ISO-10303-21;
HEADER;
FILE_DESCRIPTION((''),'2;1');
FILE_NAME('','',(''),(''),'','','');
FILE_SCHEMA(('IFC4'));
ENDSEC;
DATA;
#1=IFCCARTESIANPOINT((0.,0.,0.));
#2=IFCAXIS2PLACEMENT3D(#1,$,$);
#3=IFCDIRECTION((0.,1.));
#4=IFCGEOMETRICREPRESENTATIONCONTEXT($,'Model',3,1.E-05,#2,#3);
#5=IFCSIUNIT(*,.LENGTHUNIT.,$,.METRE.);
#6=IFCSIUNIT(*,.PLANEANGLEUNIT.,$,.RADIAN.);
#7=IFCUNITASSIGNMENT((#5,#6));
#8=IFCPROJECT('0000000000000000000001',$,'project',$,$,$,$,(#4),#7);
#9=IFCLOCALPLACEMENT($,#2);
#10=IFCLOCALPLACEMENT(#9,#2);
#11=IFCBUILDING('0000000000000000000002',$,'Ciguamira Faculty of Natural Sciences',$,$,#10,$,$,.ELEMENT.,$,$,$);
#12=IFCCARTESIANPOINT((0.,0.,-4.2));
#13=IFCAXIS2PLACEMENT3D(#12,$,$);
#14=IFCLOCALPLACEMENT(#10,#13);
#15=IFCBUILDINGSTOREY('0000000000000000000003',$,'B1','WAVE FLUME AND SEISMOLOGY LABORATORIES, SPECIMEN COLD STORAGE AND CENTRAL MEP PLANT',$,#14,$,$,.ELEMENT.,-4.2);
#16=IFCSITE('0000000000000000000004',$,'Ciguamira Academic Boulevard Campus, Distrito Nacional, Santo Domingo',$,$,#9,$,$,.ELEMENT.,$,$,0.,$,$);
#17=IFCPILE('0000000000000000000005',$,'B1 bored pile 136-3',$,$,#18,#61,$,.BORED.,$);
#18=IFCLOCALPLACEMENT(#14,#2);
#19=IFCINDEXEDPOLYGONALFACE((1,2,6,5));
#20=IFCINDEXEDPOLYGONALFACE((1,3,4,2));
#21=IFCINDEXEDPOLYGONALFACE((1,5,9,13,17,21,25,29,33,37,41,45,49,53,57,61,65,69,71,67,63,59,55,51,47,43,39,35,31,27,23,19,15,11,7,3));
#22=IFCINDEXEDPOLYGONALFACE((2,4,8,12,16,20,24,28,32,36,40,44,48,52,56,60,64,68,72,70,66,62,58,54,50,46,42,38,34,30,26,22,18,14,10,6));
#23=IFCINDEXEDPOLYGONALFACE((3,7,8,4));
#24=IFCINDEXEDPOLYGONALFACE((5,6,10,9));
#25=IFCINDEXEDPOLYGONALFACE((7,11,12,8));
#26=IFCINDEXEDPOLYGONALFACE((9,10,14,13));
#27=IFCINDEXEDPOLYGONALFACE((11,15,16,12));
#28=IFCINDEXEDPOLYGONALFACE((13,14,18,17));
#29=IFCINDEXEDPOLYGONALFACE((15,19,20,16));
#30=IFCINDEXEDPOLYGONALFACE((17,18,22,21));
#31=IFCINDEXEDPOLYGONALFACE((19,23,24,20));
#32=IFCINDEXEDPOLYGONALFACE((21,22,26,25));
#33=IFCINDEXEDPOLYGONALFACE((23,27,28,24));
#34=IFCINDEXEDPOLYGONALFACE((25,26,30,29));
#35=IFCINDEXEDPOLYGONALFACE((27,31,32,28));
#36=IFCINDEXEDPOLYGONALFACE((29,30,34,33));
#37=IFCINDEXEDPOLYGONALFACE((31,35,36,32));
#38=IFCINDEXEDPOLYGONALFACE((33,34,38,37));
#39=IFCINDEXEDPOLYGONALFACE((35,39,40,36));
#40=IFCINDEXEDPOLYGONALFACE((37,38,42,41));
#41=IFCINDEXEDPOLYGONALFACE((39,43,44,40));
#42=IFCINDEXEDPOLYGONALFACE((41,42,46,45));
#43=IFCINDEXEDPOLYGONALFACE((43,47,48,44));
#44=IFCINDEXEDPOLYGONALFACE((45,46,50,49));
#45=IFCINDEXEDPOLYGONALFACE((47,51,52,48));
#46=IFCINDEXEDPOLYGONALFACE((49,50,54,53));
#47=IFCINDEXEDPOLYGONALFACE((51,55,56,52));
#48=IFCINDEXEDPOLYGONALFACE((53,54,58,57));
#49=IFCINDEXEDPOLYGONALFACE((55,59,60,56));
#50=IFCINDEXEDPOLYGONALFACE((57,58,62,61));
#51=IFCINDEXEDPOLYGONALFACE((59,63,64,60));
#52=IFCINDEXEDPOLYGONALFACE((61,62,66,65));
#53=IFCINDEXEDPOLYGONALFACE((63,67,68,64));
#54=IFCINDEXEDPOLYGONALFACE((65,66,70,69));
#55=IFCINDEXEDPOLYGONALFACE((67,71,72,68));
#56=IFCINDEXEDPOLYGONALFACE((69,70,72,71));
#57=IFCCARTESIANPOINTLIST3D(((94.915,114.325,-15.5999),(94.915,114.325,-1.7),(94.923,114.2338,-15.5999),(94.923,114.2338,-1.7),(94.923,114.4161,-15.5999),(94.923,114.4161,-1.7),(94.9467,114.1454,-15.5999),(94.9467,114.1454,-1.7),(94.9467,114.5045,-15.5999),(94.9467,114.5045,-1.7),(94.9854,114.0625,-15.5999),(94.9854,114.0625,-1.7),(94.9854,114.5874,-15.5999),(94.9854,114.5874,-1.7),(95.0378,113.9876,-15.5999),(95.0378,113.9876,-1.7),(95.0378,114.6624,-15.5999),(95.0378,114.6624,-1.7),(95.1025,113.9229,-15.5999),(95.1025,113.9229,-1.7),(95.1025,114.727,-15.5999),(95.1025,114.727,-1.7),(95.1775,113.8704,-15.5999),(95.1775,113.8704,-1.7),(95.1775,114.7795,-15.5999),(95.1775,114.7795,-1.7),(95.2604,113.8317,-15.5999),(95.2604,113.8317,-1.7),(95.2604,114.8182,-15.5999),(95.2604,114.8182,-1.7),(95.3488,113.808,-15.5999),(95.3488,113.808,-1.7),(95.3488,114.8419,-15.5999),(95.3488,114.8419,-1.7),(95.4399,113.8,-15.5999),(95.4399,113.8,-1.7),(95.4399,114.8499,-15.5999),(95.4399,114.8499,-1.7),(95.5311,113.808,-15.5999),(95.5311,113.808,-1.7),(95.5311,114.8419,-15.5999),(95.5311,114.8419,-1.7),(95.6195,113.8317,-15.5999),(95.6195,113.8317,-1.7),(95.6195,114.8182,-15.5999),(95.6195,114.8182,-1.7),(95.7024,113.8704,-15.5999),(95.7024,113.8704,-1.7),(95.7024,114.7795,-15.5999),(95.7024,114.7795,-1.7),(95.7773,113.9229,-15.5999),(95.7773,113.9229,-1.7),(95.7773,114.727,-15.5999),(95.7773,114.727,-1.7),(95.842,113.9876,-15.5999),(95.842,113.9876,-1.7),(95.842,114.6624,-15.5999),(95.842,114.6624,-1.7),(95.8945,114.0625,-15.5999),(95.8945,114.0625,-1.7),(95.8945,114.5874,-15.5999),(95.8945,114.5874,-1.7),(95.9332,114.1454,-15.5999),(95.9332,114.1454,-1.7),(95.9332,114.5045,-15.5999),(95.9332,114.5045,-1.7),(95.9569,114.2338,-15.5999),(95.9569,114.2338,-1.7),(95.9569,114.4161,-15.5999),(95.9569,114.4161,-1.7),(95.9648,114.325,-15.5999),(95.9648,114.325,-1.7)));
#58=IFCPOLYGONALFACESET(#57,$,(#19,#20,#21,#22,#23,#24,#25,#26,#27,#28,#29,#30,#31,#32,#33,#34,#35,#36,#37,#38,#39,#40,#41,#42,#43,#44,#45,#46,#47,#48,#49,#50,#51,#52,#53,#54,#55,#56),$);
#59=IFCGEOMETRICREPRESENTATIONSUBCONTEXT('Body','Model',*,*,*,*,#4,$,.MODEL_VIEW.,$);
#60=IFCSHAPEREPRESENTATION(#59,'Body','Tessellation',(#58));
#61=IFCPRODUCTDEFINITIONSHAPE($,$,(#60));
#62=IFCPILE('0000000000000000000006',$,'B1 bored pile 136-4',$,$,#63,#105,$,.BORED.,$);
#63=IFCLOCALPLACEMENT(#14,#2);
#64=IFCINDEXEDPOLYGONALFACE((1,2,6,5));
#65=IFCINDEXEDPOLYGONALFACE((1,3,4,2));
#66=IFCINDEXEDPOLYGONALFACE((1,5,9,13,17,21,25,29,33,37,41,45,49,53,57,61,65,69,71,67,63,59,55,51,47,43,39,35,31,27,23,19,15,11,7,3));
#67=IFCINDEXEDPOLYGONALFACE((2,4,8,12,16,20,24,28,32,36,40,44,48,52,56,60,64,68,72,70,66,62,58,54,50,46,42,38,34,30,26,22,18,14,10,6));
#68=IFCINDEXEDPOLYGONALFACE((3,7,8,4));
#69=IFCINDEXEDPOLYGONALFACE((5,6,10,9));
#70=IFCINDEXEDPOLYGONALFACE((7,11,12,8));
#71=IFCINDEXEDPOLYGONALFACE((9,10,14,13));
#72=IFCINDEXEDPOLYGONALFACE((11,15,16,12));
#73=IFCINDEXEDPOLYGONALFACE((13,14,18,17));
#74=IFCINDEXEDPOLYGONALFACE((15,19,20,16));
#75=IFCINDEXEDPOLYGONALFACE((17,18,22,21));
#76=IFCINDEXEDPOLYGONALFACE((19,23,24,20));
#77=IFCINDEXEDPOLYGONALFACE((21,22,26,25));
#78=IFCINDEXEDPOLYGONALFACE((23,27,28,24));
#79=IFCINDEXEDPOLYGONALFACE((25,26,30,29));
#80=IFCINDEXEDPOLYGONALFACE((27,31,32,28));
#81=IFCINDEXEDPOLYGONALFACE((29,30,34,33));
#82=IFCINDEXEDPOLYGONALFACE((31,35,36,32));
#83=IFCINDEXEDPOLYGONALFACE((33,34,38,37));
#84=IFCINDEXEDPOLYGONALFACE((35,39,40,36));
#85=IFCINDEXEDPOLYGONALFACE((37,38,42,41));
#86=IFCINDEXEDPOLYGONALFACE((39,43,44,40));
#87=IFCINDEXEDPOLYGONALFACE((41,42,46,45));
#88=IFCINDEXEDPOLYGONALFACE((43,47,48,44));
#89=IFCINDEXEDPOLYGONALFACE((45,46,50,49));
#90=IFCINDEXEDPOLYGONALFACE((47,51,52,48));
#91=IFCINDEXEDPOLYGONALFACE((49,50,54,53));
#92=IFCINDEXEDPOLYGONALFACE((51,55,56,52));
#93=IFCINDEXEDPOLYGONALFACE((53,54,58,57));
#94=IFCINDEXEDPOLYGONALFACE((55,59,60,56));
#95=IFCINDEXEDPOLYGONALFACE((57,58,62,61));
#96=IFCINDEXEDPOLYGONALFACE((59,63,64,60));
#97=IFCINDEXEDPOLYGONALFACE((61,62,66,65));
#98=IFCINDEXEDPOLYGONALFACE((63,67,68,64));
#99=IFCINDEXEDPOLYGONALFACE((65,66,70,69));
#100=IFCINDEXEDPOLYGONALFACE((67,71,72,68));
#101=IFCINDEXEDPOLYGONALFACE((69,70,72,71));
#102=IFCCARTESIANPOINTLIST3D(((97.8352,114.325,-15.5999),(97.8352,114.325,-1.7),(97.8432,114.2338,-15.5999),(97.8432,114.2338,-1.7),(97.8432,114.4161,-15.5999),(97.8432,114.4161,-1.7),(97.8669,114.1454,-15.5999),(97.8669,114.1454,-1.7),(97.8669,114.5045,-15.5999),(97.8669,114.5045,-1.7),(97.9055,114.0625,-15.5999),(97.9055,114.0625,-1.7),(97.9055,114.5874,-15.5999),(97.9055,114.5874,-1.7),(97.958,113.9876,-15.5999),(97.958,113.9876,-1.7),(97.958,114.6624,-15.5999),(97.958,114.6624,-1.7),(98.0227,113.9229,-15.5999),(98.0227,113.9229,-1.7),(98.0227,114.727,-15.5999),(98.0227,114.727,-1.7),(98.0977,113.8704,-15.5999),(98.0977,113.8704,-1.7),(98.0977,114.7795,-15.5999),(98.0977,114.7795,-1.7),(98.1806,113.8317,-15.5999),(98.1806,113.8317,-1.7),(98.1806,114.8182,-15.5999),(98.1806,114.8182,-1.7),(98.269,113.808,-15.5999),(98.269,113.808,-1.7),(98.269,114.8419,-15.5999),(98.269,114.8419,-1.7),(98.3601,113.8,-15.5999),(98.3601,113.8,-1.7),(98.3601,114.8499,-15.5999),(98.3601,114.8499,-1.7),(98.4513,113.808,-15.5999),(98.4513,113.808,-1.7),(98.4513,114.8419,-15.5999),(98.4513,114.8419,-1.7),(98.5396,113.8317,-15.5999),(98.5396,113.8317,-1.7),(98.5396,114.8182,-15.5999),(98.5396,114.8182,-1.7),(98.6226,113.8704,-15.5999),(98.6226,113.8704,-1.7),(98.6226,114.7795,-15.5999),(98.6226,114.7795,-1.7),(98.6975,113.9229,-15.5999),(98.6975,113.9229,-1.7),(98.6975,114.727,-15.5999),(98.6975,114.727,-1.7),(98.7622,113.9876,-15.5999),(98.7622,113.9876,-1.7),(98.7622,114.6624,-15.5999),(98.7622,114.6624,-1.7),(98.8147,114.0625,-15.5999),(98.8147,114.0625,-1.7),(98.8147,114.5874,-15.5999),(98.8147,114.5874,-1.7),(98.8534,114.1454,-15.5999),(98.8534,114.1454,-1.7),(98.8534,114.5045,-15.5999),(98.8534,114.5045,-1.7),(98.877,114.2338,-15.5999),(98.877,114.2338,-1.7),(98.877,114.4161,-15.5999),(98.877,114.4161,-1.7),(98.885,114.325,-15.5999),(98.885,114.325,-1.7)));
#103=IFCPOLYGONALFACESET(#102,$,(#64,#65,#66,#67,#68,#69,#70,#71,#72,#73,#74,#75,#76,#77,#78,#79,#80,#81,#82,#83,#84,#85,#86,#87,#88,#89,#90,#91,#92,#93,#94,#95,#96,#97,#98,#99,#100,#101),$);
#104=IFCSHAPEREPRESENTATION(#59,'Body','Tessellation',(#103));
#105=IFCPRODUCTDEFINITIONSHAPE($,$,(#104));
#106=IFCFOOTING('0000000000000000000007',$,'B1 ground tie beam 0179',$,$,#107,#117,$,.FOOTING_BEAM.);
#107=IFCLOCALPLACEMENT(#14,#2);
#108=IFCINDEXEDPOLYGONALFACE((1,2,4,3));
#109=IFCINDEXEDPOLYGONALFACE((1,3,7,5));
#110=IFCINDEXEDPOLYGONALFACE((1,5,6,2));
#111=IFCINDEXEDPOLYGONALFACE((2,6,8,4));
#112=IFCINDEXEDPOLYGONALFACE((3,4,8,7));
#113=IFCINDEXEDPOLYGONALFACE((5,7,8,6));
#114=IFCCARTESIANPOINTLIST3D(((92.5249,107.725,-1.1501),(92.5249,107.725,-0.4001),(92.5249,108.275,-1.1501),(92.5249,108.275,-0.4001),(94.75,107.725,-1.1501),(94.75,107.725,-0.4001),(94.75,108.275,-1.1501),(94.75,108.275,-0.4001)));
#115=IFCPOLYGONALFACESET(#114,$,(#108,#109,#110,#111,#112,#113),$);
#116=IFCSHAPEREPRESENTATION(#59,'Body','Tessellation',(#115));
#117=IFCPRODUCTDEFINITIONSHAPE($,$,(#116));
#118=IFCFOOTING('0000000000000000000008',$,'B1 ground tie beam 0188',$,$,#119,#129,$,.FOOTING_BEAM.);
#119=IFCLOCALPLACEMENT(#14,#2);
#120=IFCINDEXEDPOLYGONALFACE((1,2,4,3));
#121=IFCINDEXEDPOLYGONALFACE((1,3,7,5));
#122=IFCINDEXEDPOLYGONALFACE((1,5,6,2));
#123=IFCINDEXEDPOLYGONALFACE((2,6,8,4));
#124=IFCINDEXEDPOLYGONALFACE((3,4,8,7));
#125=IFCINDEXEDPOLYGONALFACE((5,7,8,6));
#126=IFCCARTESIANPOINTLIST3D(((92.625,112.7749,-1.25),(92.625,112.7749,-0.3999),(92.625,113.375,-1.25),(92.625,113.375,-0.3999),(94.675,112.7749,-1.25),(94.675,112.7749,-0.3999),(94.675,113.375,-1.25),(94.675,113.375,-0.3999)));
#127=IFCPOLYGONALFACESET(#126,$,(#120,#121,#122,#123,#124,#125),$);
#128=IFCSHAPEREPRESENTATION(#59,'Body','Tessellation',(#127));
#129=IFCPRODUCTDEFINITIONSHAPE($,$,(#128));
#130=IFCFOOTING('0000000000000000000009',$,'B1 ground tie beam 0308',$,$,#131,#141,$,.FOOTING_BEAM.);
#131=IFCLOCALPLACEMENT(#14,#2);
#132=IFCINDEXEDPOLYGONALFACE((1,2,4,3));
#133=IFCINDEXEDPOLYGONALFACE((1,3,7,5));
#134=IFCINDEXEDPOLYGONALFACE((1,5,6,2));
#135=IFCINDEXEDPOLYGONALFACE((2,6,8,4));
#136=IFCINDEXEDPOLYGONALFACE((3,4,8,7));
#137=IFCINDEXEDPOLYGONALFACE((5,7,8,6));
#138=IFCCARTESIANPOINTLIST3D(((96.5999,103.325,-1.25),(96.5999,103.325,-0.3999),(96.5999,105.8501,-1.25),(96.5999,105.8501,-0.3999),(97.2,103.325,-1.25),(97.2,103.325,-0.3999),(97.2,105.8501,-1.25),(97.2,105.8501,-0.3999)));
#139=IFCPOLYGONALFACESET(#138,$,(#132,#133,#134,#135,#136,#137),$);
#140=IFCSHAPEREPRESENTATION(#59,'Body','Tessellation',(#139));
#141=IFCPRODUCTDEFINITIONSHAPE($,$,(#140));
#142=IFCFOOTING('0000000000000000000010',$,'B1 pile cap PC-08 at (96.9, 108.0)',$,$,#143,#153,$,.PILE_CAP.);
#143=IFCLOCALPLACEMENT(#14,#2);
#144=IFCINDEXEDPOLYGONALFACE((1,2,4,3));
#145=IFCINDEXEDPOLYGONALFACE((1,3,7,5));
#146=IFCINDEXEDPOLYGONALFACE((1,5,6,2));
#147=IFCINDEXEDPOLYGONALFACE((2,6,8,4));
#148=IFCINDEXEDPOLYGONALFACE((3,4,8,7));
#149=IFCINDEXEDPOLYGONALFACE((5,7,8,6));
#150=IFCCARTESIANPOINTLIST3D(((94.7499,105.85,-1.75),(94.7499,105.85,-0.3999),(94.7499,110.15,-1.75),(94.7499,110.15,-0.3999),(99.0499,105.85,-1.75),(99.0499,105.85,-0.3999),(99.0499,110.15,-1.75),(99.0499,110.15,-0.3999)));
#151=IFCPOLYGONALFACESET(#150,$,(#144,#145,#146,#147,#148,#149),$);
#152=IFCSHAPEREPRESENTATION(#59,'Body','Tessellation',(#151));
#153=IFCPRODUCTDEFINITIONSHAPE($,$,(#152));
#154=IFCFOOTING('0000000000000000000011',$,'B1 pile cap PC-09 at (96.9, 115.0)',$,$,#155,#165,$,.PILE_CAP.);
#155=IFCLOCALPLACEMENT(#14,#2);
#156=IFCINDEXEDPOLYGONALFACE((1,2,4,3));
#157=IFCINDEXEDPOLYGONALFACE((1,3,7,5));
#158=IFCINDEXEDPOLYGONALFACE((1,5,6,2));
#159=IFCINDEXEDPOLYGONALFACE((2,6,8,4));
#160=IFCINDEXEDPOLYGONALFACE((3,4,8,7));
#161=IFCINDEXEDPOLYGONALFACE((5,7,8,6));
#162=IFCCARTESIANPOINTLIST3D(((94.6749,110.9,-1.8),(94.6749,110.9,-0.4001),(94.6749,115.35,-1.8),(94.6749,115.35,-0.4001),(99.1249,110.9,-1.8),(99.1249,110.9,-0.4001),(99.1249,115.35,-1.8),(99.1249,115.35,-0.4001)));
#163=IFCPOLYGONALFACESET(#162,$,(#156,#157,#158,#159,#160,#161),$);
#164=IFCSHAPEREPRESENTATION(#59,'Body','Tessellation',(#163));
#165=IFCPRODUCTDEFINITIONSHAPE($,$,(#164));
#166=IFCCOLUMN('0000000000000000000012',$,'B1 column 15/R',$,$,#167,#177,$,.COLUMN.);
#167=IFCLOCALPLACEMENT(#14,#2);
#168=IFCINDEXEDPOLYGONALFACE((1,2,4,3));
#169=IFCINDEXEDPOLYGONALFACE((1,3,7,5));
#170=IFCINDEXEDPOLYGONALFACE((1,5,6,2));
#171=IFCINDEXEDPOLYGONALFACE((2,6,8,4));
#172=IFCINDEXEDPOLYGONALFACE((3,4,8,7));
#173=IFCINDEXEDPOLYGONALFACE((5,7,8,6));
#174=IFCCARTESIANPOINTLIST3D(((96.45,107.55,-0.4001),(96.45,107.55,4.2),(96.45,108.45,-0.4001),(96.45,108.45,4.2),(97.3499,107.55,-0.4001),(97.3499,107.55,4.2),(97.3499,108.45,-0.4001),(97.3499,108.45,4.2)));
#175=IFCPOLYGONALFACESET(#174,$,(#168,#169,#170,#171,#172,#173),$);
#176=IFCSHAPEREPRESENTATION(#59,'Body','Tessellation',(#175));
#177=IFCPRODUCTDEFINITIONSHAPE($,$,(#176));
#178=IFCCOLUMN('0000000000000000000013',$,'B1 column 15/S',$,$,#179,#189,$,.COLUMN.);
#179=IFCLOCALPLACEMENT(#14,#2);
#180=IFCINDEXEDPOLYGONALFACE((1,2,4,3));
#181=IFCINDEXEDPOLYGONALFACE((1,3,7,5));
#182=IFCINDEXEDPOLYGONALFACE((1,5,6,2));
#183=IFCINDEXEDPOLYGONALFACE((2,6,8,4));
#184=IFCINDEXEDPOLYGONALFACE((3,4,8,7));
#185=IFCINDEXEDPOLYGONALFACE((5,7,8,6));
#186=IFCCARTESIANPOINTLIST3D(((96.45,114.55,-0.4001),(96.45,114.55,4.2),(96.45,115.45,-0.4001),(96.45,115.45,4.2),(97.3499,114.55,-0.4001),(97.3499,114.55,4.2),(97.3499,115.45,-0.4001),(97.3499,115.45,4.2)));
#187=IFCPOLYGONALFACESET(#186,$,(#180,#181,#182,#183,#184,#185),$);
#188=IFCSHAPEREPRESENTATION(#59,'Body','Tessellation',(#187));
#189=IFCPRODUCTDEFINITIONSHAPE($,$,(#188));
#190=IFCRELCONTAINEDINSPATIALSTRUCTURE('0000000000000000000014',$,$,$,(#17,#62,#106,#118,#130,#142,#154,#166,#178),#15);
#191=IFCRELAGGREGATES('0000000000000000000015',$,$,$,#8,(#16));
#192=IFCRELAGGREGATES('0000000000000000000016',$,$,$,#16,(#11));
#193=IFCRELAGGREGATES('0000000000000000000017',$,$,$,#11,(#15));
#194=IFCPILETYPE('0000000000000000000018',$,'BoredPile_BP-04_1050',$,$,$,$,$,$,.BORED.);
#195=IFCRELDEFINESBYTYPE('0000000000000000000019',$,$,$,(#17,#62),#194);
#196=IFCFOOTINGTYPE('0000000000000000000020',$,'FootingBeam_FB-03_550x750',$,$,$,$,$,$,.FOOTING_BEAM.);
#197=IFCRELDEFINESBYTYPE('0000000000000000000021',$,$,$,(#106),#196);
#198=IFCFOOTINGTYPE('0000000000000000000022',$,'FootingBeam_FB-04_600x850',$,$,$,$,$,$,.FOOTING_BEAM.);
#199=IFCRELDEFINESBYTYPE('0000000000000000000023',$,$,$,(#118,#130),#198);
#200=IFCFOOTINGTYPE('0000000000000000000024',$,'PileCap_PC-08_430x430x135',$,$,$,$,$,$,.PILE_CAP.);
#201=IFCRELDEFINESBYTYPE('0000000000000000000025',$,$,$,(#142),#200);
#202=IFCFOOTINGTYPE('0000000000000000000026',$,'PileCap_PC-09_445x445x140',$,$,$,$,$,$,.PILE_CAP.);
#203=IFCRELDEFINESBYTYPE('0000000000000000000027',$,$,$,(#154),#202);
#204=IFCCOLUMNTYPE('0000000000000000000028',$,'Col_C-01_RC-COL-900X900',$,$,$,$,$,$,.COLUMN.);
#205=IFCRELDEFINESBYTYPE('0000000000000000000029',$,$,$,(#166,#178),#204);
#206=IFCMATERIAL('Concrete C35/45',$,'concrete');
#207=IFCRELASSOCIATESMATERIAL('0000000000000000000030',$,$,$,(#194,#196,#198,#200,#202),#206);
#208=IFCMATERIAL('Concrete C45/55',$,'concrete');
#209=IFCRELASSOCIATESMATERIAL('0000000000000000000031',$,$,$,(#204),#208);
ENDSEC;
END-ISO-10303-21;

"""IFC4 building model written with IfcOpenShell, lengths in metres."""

from ifc_helpers import new_model, si_unit, direction, frame, origin, origin_2d, place, context, subcontext, project, spatial, rectangle, circle, extrude, material, material_profile, profile_set, type_object, element, save


model = new_model("IFC4")

# Units and contexts
model_context = context("Model", 3, precision=1e-05, world=origin(), true_north=direction((0.0, 1.0)))
body_context = subcontext(model_context, "Body", "Model", "MODEL_VIEW")
ifc_project = project(units=[si_unit("LENGTHUNIT", "METRE"), si_unit("PLANEANGLEUNIT", "RADIAN")], contexts=[model_context])

# Site, building, storey
site_placement = place(None, origin())
site = spatial("IfcSite", under=ifc_project, at=site_placement, Name="Ciguamira Academic Boulevard Campus, Distrito Nacional, Santo Domingo", CompositionType="ELEMENT", RefElevation=0.0)
building_placement = place(site_placement, origin())
building = spatial("IfcBuilding", under=site, at=building_placement, Name="Ciguamira Faculty of Natural Sciences", CompositionType="ELEMENT")
storey_placement = place(building_placement, frame((0.0, 0.0, -4.2)))
storey = spatial("IfcBuildingStorey", under=building, at=storey_placement, Name="B1", Description="WAVE FLUME AND SEISMOLOGY LABORATORIES, SPECIMEN COLD STORAGE AND CENTRAL MEP PLANT", CompositionType="ELEMENT", Elevation=-4.2)

# Piles
ifc_material_1 = material(Name="Concrete C35/45", Category="concrete")
ifc_material_profile_1 = material_profile(ifc_material_1, circle(Radius=0.5249, at=origin_2d()), Name="PILE-BORED-1050")
ifc_profile_set_1 = profile_set([ifc_material_profile_1], Name="Concrete C35/45")
pile_type_1 = type_object("IfcPileType", Name="BoredPile_BP-04_1050", PredefinedType="BORED", material=ifc_profile_set_1)
for number, where, z_axis, x_axis, name in (
    (1, (95.4399, 114.325, -1.7), (0.0, 0.0, -1.0), (1.0, 0.0, 0.0), "B1 bored pile 136-3"),
    (2, (98.3601, 114.325, -1.7), (0.0, 0.0, -1.0), (1.0, 0.0, 0.0), "B1 bored pile 136-4"),
):
    element("IfcPile", number, at=place(storey_placement, frame(where, z_axis=z_axis, x_axis=x_axis)), inside=storey, type_object=pile_type_1, Name=name, PredefinedType="BORED", context=body_context, shape_type="SweptSolid", body=[
        extrude(circle(Radius=0.5249, at=origin_2d()), origin(), (0.0, 0.0, 1.0), 13.8999),
    ])

# Footings
ifc_material_profile_2 = material_profile(ifc_material_1, rectangle(XDim=0.55, YDim=0.75, at=origin_2d()), Name="RC-FB-550X750")
ifc_profile_set_2 = profile_set([ifc_material_profile_2], Name="Concrete C35/45")
footing_type_1 = type_object("IfcFootingType", Name="FootingBeam_FB-03_550x750", PredefinedType="FOOTING_BEAM", material=ifc_profile_set_2)
footing_1_placement = place(storey_placement, frame((92.5249, 108.0, -0.7751), z_axis=(1.0, 0.0, 0.0), x_axis=(0.0, 1.0, 0.0)))
element("IfcFooting", 3, at=footing_1_placement, inside=storey, type_object=footing_type_1, Name="B1 ground tie beam 0179", PredefinedType="FOOTING_BEAM", context=body_context, shape_type="SweptSolid", body=[
    extrude(rectangle(XDim=0.55, YDim=0.75, at=origin_2d()), origin(), (0.0, 0.0, 1.0), 2.2251),
])
ifc_material_profile_3 = material_profile(ifc_material_1, rectangle(XDim=0.6001, YDim=0.8501, at=origin_2d()), Name="RC-FB-600X850")
ifc_profile_set_3 = profile_set([ifc_material_profile_3], Name="Concrete C35/45")
footing_type_2 = type_object("IfcFootingType", Name="FootingBeam_FB-04_600x850", PredefinedType="FOOTING_BEAM", material=ifc_profile_set_3)
footing_2_placement = place(storey_placement, frame((92.625, 113.075, -0.825), z_axis=(1.0, 0.0, 0.0), x_axis=(0.0, 1.0, 0.0)))
element("IfcFooting", 4, at=footing_2_placement, inside=storey, type_object=footing_type_2, Name="B1 ground tie beam 0188", PredefinedType="FOOTING_BEAM", context=body_context, shape_type="SweptSolid", body=[
    extrude(rectangle(XDim=0.6001, YDim=0.8501, at=origin_2d()), origin(), (0.0, 0.0, 1.0), 2.05),
])
footing_3_placement = place(storey_placement, frame((96.8999, 103.325, -0.825), z_axis=(0.0, 1.0, 0.0), x_axis=(-1.0, 0.0, 0.0)))
element("IfcFooting", 5, at=footing_3_placement, inside=storey, type_object=footing_type_2, Name="B1 ground tie beam 0308", PredefinedType="FOOTING_BEAM", context=body_context, shape_type="SweptSolid", body=[
    extrude(rectangle(XDim=0.6001, YDim=0.8501, at=origin_2d()), origin(), (0.0, 0.0, 1.0), 2.5251),
])
footing_type_3 = type_object("IfcFootingType", Name="PileCap_PC-08_430x430x135", PredefinedType="PILE_CAP", material=ifc_material_1)
footing_4_placement = place(storey_placement, frame((96.8999, 108.0, -1.75), z_axis=(0.0, 0.0, 1.0), x_axis=(1.0, 0.0, 0.0)))
element("IfcFooting", 6, at=footing_4_placement, inside=storey, type_object=footing_type_3, Name="B1 pile cap PC-08 at (96.9, 108.0)", PredefinedType="PILE_CAP", context=body_context, shape_type="SweptSolid", body=[
    extrude(rectangle(XDim=4.3, YDim=4.3, at=origin_2d()), origin(), (0.0, 0.0, 1.0), 1.3501),
])
footing_type_4 = type_object("IfcFootingType", Name="PileCap_PC-09_445x445x140", PredefinedType="PILE_CAP", material=ifc_material_1)
footing_5_placement = place(storey_placement, frame((96.8999, 113.125, -1.8), z_axis=(0.0, 0.0, 1.0), x_axis=(1.0, 0.0, 0.0)))
element("IfcFooting", 7, at=footing_5_placement, inside=storey, type_object=footing_type_4, Name="B1 pile cap PC-09 at (96.9, 115.0)", PredefinedType="PILE_CAP", context=body_context, shape_type="SweptSolid", body=[
    extrude(rectangle(XDim=4.45, YDim=4.45, at=origin_2d()), origin(), (0.0, 0.0, 1.0), 1.3999),
])

# Columns
ifc_material_2 = material(Name="Concrete C45/55", Category="concrete")
ifc_material_profile_4 = material_profile(ifc_material_2, rectangle(XDim=0.8999, YDim=0.8999, at=origin_2d()), Name="RC-COL-900X900")
ifc_profile_set_4 = profile_set([ifc_material_profile_4], Name="Concrete C45/55")
column_type = type_object("IfcColumnType", Name="Col_C-01_RC-COL-900X900", PredefinedType="COLUMN", material=ifc_profile_set_4)
for number, where, z_axis, x_axis, name in (
    (8, (96.8999, 108.0, -0.4001), (0.0, 0.0, 1.0), (1.0, 0.0, 0.0), "B1 column 15/R"),
    (9, (96.8999, 115.0, -0.4001), (0.0, 0.0, 1.0), (1.0, 0.0, 0.0), "B1 column 15/S"),
):
    element("IfcColumn", number, at=place(storey_placement, frame(where, z_axis=z_axis, x_axis=x_axis)), inside=storey, type_object=column_type, Name=name, PredefinedType="COLUMN", context=body_context, shape_type="SweptSolid", body=[
        extrude(rectangle(XDim=0.8999, YDim=0.8999, at=origin_2d()), origin(), (0.0, 0.0, 1.0), 4.6001),
    ])

save(model, "model.ifc")
